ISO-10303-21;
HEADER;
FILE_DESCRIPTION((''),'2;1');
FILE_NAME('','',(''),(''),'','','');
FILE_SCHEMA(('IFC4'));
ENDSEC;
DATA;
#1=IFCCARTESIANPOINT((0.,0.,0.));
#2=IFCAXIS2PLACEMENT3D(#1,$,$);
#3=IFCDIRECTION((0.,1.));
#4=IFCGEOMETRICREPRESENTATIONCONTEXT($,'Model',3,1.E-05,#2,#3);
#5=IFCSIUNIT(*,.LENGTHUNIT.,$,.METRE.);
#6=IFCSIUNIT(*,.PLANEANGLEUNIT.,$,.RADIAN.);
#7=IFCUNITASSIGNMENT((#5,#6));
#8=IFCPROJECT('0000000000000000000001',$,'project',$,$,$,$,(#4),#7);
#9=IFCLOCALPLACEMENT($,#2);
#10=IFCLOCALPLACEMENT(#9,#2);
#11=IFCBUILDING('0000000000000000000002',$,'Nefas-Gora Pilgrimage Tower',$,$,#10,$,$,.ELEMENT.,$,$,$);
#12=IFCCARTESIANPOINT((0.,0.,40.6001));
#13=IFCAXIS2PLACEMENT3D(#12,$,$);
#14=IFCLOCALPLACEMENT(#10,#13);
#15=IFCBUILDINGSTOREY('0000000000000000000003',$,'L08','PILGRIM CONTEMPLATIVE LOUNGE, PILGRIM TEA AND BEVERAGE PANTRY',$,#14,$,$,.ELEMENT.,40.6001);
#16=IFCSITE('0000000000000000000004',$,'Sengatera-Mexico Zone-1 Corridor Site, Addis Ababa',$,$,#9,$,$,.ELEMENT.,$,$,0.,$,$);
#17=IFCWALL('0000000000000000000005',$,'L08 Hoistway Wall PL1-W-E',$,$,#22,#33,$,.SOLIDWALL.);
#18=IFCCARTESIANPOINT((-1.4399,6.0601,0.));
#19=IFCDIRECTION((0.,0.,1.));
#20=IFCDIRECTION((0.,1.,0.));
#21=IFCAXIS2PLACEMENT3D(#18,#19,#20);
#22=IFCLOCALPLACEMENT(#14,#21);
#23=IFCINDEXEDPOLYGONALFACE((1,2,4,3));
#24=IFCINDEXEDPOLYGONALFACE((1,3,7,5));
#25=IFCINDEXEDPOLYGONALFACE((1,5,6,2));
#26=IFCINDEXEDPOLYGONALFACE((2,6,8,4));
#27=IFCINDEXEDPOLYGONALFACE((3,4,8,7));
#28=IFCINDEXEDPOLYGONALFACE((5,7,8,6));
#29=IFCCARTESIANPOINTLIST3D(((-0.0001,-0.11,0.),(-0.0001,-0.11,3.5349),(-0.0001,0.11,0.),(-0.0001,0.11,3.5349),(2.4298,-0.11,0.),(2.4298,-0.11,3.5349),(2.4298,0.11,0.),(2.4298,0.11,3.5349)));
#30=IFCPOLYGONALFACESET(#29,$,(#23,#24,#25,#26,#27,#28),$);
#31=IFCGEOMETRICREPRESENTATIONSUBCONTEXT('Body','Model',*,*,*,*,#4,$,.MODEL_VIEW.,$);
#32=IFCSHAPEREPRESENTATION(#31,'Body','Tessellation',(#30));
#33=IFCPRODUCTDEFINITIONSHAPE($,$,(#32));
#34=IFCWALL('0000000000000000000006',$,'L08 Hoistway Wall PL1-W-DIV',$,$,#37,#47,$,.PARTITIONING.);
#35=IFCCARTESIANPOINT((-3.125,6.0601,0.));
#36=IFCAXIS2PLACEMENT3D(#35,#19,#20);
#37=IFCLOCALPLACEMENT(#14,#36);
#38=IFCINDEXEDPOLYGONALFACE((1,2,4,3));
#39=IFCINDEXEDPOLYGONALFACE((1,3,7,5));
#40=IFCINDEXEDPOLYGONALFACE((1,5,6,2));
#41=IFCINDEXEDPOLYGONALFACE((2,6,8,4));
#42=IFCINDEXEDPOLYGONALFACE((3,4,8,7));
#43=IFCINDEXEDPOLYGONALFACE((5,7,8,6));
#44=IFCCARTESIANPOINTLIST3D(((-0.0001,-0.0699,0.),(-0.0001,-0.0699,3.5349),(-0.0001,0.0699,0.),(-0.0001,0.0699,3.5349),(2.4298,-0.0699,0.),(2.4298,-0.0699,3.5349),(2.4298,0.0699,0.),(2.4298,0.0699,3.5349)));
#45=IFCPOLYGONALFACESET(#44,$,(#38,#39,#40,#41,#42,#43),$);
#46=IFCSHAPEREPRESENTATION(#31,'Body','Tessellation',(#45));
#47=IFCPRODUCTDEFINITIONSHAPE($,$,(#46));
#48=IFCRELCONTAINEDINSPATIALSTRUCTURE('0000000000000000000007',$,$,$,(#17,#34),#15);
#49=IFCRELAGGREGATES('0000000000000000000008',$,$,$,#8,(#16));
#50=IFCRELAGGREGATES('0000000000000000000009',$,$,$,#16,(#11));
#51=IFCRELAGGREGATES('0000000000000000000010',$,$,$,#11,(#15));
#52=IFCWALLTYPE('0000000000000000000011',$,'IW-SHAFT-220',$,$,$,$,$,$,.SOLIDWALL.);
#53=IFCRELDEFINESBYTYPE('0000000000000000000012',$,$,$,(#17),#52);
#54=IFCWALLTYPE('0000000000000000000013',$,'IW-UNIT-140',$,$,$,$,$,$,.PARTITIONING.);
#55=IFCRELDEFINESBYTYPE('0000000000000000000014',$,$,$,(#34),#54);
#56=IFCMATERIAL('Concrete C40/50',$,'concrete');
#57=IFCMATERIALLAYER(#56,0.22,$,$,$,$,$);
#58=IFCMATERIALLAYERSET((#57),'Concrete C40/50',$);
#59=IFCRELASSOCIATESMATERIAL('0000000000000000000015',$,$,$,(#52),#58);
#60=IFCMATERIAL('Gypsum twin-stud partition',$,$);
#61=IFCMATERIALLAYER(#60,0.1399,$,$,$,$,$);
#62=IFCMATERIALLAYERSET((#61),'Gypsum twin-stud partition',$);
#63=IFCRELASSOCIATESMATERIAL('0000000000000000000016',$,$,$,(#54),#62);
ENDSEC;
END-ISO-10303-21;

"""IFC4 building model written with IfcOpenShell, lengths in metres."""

from ifc_helpers import new_model, si_unit, direction, frame, frame_2d, origin, place, context, subcontext, project, spatial, rectangle, extrude, source, transform, mapped, material, layer, layer_set, type_object, element, save


model = new_model("IFC4")

# Units and contexts
model_context = context("Model", 3, precision=1e-05, world=origin(), true_north=direction((0.0, 1.0)))
body_context = subcontext(model_context, "Body", "Model", "MODEL_VIEW")
ifc_project = project(units=[si_unit("LENGTHUNIT", "METRE"), si_unit("PLANEANGLEUNIT", "RADIAN")], contexts=[model_context])

# Site, building, storey
site_placement = place(None, origin())
site = spatial("IfcSite", under=ifc_project, at=site_placement, Name="Sengatera-Mexico Zone-1 Corridor Site, Addis Ababa", CompositionType="ELEMENT", RefElevation=0.0)
building_placement = place(site_placement, origin())
building = spatial("IfcBuilding", under=site, at=building_placement, Name="Nefas-Gora Pilgrimage Tower", CompositionType="ELEMENT")
storey_placement = place(building_placement, frame((0.0, 0.0, 40.6001)))
storey = spatial("IfcBuildingStorey", under=building, at=storey_placement, Name="L08", Description="PILGRIM CONTEMPLATIVE LOUNGE, PILGRIM TEA AND BEVERAGE PANTRY", CompositionType="ELEMENT", Elevation=40.6001)

# Shared definitions
ifc_material_1 = material(Name="Concrete C40/50", Category="concrete")

# Shared definitions
ifc_layer_1 = layer(ifc_material_1, 0.22)
ifc_layer_set_1 = layer_set([ifc_layer_1], Name="Concrete C40/50")
wall_type_1 = type_object("IfcWallType", Name="IW-SHAFT-220", PredefinedType="SOLIDWALL", material=ifc_layer_set_1)

# Walls
shared_shape_1 = source(origin(), body_context, "Body", "SweptSolid", [
    extrude(rectangle(XDim=2.4299, YDim=0.22, at=frame_2d((1.2148, 0.0))), origin(), (0.0, 0.0, 1.0), 3.5349),
])
for number, where, z_axis, x_axis, name in (
    (1, (-1.4399, 6.0601, 0.0), (0.0, 0.0, 1.0), (0.0, 1.0, 0.0), "L08 Hoistway Wall PL1-W-E"),
):
    element("IfcWall", number, at=place(storey_placement, frame(where, z_axis=z_axis, x_axis=x_axis)), inside=storey, type_object=wall_type_1, Name=name, PredefinedType="SOLIDWALL", context=body_context, shape_type="MappedRepresentation", body=[
        mapped(shared_shape_1, transform((0.0, 0.0, 0.0), x_axis=(1.0, 0.0, 0.0), y_axis=(0.0, 1.0, 0.0), z_axis=(0.0, 0.0, 1.0), scale=1.0)),
    ])
ifc_material_2 = material(Name="Gypsum twin-stud partition")
ifc_layer_2 = layer(ifc_material_2, 0.1399)
ifc_layer_set_2 = layer_set([ifc_layer_2], Name="Gypsum twin-stud partition")
wall_type_2 = type_object("IfcWallType", Name="IW-UNIT-140", PredefinedType="PARTITIONING", material=ifc_layer_set_2)
shared_shape_2 = source(origin(), body_context, "Body", "SweptSolid", [
    extrude(rectangle(XDim=2.4299, YDim=0.1399, at=frame_2d((1.2148, 0.0))), origin(), (0.0, 0.0, 1.0), 3.5349),
])
wall_1_placement = place(storey_placement, frame((-3.125, 6.0601, 0.0), z_axis=(0.0, 0.0, 1.0), x_axis=(0.0, 1.0, 0.0)))
element("IfcWall", 2, at=wall_1_placement, inside=storey, type_object=wall_type_2, Name="L08 Hoistway Wall PL1-W-DIV", PredefinedType="PARTITIONING", context=body_context, shape_type="MappedRepresentation", body=[
    mapped(shared_shape_2, transform((0.0, 0.0, 0.0), x_axis=(1.0, 0.0, 0.0), y_axis=(0.0, 1.0, 0.0), z_axis=(0.0, 0.0, 1.0), scale=1.0)),
])

save(model, "model.ifc")
